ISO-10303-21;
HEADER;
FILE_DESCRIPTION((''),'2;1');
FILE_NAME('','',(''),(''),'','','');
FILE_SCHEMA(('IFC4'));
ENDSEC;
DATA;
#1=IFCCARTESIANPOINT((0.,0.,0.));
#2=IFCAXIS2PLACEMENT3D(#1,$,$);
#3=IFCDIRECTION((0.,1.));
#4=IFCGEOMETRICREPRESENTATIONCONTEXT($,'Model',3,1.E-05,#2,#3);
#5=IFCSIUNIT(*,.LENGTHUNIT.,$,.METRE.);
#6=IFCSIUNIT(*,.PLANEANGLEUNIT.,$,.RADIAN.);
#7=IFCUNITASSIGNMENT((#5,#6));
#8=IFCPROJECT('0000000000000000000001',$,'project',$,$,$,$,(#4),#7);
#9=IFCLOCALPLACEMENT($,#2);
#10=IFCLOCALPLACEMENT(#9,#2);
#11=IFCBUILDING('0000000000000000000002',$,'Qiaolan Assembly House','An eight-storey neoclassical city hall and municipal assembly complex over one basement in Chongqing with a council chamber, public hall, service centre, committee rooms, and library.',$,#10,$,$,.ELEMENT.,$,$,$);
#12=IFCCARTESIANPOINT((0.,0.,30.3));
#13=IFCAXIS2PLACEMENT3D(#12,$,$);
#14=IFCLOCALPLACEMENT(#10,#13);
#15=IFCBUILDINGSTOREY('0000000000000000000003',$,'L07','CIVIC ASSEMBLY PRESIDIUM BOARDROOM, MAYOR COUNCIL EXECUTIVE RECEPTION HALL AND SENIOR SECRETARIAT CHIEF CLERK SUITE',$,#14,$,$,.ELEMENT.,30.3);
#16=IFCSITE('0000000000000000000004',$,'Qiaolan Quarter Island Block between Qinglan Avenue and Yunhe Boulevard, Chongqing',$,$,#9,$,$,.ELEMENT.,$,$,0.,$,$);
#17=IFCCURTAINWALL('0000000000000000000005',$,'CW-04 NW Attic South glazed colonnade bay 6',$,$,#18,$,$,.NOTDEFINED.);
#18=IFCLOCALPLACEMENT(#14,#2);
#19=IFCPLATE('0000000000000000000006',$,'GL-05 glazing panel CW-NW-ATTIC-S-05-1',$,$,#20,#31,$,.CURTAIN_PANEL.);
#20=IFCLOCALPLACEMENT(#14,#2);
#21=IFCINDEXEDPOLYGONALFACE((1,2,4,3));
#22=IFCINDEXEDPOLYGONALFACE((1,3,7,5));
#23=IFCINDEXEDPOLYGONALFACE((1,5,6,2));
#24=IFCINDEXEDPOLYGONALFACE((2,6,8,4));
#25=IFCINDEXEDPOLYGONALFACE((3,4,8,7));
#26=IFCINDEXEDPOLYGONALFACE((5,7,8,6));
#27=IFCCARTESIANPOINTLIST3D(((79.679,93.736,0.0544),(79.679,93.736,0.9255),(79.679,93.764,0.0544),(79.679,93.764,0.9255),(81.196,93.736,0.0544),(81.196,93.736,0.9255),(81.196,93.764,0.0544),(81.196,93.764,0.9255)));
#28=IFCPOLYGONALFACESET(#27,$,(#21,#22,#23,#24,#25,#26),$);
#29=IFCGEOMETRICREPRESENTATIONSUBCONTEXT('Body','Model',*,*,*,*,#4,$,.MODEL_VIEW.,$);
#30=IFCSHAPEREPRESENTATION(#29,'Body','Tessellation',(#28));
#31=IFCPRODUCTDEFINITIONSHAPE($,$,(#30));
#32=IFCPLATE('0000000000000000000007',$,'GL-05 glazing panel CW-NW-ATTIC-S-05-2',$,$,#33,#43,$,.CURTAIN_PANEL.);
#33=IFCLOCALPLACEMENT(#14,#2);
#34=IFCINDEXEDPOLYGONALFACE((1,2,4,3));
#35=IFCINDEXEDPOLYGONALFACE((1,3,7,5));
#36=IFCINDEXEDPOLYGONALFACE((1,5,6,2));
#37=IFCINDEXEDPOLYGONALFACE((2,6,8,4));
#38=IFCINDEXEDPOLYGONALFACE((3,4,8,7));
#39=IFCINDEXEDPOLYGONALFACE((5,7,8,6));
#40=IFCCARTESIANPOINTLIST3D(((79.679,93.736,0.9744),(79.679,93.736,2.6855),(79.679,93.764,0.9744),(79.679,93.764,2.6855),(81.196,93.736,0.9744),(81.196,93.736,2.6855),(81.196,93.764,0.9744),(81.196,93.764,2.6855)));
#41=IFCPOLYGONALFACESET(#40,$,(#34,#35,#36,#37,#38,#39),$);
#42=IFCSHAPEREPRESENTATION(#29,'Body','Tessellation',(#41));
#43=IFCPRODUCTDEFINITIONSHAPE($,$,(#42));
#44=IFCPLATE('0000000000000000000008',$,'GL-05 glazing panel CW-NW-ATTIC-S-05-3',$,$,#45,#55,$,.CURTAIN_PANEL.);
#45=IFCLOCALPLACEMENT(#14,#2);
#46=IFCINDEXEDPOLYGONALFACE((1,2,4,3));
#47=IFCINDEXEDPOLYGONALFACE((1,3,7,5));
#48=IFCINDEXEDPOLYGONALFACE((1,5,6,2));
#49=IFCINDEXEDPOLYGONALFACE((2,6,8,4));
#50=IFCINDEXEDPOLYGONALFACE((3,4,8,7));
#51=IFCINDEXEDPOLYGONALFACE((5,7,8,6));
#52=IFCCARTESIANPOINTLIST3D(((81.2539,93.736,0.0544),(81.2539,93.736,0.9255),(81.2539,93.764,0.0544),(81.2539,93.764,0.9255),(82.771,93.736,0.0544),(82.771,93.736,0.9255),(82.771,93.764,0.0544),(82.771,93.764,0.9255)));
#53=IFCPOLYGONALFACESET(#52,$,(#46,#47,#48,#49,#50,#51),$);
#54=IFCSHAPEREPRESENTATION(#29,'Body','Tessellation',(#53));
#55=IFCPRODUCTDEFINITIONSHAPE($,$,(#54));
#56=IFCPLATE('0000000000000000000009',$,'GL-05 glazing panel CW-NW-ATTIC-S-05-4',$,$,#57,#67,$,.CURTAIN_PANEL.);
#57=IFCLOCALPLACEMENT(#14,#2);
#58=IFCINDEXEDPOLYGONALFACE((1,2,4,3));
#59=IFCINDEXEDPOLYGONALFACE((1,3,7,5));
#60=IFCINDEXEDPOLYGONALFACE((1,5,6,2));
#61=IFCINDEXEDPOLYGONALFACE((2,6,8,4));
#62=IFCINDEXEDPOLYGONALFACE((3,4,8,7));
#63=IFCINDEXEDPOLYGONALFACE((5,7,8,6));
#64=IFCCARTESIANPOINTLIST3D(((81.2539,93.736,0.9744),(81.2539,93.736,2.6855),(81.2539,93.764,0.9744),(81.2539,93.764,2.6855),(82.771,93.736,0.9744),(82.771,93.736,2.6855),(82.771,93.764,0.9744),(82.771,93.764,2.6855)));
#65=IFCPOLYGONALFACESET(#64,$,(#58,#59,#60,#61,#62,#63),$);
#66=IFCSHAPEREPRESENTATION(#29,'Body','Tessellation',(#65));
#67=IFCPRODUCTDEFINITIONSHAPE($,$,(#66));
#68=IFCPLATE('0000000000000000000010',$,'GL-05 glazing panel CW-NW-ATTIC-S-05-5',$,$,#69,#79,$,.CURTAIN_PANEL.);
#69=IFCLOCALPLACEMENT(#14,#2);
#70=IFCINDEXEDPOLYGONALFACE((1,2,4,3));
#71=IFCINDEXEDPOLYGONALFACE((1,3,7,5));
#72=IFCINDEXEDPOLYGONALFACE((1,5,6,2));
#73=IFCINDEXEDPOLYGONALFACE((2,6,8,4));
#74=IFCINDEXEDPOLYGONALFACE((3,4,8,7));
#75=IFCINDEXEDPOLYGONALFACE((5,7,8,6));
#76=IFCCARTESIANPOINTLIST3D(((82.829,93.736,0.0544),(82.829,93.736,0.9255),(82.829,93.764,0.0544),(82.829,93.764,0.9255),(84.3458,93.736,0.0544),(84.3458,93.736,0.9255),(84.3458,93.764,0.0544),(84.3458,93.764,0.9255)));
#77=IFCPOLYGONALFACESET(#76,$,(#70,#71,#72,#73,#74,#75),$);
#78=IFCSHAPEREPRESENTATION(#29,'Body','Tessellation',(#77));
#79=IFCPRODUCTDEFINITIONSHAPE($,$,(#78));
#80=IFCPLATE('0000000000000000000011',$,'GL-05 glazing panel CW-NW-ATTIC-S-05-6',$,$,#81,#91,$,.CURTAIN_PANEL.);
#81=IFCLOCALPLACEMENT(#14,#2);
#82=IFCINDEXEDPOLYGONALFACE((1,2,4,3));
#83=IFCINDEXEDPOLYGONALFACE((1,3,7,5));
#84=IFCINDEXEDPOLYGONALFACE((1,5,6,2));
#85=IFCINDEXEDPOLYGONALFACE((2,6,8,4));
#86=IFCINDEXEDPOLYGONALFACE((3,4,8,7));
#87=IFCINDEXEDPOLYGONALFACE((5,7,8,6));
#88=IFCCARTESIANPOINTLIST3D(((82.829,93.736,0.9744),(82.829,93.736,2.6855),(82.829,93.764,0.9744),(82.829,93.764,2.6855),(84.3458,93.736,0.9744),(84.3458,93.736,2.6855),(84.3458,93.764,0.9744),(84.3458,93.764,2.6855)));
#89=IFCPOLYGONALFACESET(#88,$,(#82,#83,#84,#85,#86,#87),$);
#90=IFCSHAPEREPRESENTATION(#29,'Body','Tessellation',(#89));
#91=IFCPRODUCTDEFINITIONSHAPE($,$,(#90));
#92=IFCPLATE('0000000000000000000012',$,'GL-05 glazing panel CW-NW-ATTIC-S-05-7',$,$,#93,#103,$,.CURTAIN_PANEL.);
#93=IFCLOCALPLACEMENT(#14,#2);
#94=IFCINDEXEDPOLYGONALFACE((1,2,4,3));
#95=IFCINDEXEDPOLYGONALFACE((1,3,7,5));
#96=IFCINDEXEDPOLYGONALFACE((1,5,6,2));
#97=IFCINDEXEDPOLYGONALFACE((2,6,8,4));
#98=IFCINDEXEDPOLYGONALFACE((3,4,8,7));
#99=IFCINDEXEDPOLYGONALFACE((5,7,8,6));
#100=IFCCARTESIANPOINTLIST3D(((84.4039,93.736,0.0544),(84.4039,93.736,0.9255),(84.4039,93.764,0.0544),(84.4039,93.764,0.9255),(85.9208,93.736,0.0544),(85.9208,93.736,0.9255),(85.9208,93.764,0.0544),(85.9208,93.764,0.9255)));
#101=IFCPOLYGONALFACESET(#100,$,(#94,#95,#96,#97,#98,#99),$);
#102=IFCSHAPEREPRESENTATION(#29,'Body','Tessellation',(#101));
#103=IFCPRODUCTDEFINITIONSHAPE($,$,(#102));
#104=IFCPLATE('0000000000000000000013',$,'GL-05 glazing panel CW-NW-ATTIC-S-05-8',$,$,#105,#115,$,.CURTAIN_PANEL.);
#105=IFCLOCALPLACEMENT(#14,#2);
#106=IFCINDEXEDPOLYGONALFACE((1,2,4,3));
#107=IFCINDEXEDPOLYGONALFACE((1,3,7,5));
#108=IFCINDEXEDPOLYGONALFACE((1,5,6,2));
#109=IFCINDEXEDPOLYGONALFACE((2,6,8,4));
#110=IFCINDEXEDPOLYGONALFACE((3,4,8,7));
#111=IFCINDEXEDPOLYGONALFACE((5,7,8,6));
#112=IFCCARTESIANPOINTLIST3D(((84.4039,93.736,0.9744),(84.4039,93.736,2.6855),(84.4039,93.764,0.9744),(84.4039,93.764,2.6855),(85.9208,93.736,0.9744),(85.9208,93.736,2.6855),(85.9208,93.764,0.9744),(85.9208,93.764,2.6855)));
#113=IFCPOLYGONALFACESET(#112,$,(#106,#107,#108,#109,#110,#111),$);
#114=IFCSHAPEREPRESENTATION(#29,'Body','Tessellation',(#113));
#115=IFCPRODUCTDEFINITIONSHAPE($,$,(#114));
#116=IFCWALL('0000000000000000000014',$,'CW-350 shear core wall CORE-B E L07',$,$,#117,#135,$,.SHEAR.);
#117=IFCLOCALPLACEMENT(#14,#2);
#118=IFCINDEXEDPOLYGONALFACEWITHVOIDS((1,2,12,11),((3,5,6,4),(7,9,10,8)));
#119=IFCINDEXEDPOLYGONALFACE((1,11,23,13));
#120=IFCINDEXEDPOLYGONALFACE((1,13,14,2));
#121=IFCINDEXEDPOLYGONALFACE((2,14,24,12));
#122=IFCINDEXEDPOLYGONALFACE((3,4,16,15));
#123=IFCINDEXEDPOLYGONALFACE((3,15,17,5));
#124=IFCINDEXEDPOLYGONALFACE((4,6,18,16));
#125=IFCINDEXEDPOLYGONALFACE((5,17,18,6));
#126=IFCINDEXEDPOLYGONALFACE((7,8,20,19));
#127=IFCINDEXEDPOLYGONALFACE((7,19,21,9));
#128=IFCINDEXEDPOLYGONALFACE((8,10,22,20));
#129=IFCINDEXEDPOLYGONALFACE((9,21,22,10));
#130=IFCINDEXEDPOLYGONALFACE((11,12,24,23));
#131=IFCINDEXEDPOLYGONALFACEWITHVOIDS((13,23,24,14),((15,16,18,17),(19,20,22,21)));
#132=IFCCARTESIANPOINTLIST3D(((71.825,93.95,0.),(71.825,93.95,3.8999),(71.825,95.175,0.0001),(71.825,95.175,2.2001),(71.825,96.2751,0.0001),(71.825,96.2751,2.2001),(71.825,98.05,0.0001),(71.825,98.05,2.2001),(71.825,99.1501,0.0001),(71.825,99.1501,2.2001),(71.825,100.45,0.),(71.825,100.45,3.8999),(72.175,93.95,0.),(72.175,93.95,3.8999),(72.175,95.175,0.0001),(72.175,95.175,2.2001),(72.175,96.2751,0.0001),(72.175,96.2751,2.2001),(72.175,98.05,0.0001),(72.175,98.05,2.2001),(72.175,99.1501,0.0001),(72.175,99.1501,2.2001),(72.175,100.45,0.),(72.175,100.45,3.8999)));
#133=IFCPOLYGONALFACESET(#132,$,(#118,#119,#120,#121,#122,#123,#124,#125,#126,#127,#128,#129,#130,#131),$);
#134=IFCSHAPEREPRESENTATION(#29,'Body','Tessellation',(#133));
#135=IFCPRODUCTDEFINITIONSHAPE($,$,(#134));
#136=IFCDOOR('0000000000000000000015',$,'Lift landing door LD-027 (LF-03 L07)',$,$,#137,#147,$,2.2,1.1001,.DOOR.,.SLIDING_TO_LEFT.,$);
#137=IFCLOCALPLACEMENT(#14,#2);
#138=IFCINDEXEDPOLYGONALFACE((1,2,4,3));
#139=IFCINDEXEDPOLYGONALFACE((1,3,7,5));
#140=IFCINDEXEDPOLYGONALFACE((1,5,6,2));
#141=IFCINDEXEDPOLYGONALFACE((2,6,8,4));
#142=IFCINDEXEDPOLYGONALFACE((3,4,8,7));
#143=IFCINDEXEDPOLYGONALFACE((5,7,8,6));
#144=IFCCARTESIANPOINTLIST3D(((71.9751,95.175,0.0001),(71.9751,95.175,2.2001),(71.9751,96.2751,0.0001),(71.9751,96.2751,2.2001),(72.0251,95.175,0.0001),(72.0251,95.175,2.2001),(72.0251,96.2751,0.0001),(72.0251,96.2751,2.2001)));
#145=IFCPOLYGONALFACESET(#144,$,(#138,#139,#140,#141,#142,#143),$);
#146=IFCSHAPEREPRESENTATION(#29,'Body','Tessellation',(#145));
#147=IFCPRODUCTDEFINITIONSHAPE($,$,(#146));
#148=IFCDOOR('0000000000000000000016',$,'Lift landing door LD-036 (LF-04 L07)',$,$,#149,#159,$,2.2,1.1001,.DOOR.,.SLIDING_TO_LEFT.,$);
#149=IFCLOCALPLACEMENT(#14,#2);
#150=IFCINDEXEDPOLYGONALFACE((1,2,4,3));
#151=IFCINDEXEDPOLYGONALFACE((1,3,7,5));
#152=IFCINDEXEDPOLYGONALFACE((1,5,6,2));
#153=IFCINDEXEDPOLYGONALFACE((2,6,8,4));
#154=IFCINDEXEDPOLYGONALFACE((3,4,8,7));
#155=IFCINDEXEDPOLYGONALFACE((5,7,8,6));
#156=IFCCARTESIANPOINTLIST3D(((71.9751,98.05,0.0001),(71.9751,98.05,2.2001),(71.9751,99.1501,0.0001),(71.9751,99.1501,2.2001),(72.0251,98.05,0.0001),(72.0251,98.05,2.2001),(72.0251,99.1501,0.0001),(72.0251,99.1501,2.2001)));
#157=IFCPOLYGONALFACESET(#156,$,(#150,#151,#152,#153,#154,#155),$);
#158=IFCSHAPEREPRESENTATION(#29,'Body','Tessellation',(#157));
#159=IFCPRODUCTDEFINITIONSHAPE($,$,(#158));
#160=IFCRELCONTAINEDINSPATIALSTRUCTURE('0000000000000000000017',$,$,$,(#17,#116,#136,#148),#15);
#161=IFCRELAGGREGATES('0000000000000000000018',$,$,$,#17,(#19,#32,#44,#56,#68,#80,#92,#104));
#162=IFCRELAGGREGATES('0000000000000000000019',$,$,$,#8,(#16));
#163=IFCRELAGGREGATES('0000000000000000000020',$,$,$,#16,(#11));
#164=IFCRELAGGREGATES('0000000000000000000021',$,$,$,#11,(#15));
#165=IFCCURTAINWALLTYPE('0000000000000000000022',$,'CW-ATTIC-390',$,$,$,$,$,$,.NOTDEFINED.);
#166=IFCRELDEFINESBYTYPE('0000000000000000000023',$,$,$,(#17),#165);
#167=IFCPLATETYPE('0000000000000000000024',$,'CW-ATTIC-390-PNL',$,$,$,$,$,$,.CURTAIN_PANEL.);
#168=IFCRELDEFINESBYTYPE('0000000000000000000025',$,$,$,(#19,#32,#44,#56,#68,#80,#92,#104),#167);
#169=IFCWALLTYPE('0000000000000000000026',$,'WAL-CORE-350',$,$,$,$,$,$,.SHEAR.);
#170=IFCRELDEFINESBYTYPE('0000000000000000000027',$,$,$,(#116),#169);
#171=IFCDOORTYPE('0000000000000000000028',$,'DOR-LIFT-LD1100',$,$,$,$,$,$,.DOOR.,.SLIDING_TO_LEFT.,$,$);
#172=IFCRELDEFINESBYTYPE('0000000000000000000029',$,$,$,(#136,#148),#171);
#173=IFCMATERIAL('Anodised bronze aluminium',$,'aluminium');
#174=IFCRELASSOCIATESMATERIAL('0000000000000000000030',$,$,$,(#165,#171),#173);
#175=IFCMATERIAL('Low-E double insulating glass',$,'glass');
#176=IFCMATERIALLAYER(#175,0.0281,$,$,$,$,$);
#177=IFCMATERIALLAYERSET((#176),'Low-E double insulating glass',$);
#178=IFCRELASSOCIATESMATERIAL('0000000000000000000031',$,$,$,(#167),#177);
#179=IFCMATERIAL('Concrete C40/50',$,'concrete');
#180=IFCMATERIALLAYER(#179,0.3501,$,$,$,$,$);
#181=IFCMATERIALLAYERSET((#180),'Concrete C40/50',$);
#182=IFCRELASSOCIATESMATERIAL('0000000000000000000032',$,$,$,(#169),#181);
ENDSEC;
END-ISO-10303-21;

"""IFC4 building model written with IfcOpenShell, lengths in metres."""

from ifc_helpers import new_model, si_unit, direction, frame, frame_2d, origin, place, context, subcontext, project, spatial, rectangle, extrude, material, layer, layer_set, type_object, element, fill, aggregate, save


model = new_model("IFC4")

# Units and contexts
model_context = context("Model", 3, precision=1e-05, world=origin(), true_north=direction((0.0, 1.0)))
body_context = subcontext(model_context, "Body", "Model", "MODEL_VIEW")
ifc_project = project(units=[si_unit("LENGTHUNIT", "METRE"), si_unit("PLANEANGLEUNIT", "RADIAN")], contexts=[model_context])

# Site, building, storey
site_placement = place(None, origin())
site = spatial("IfcSite", under=ifc_project, at=site_placement, Name="Qiaolan Quarter Island Block between Qinglan Avenue and Yunhe Boulevard, Chongqing", CompositionType="ELEMENT", RefElevation=0.0)
building_placement = place(site_placement, origin())
building = spatial("IfcBuilding", under=site, at=building_placement, Name="Qiaolan Assembly House", Description="An eight-storey neoclassical city hall and municipal assembly complex over one basement in Chongqing with a council chamber, public hall, service centre, committee rooms, and library.", CompositionType="ELEMENT")
storey_placement = place(building_placement, frame((0.0, 0.0, 30.3)))
storey = spatial("IfcBuildingStorey", under=building, at=storey_placement, Name="L07", Description="CIVIC ASSEMBLY PRESIDIUM BOARDROOM, MAYOR COUNCIL EXECUTIVE RECEPTION HALL AND SENIOR SECRETARIAT CHIEF CLERK SUITE", CompositionType="ELEMENT", Elevation=30.3)

# Shared definitions
ifc_material_1 = material(Name="Concrete C40/50", Category="concrete")

# Curtain wall, plates
ifc_material_2 = material(Name="Anodised bronze aluminium", Category="aluminium")
curtain_wall_type = type_object("IfcCurtainWallType", Name="CW-ATTIC-390", PredefinedType="NOTDEFINED", material=ifc_material_2)
curtain_wall_placement = place(storey_placement, origin())
curtain_wall = element("IfcCurtainWall", 1, at=curtain_wall_placement, inside=storey, type_object=curtain_wall_type, Name="CW-04 NW Attic South glazed colonnade bay 6", PredefinedType="NOTDEFINED")
ifc_material_3 = material(Name="Low-E double insulating glass", Category="glass")
ifc_layer_1 = layer(ifc_material_3, 0.0281)
ifc_layer_set_1 = layer_set([ifc_layer_1], Name="Low-E double insulating glass")
plate_type = type_object("IfcPlateType", Name="CW-ATTIC-390-PNL", PredefinedType="CURTAIN_PANEL", material=ifc_layer_set_1)
plate_1_placement = place(storey_placement, frame((79.679, 93.75, 0.0544), z_axis=(0.0, 0.0, 1.0), x_axis=(1.0, 0.0, 0.0)))
plate_1 = element("IfcPlate", 2, at=plate_1_placement, type_object=plate_type, Name="GL-05 glazing panel CW-NW-ATTIC-S-05-1", PredefinedType="CURTAIN_PANEL", context=body_context, shape_type="SweptSolid", body=[
    extrude(rectangle(XDim=1.5171, YDim=0.0281, at=frame_2d((0.7585, 0.0))), origin(), (0.0, 0.0, 1.0), 0.8711),
])
plate_2_placement = place(storey_placement, frame((79.679, 93.75, 0.9744), z_axis=(0.0, 0.0, 1.0), x_axis=(1.0, 0.0, 0.0)))
plate_2 = element("IfcPlate", 3, at=plate_2_placement, type_object=plate_type, Name="GL-05 glazing panel CW-NW-ATTIC-S-05-2", PredefinedType="CURTAIN_PANEL", context=body_context, shape_type="SweptSolid", body=[
    extrude(rectangle(XDim=1.5171, YDim=0.0281, at=frame_2d((0.7585, 0.0))), origin(), (0.0, 0.0, 1.0), 1.7112),
])
plate_3_placement = place(storey_placement, frame((81.2539, 93.75, 0.0544), z_axis=(0.0, 0.0, 1.0), x_axis=(1.0, 0.0, 0.0)))
plate_3 = element("IfcPlate", 4, at=plate_3_placement, type_object=plate_type, Name="GL-05 glazing panel CW-NW-ATTIC-S-05-3", PredefinedType="CURTAIN_PANEL", context=body_context, shape_type="SweptSolid", body=[
    extrude(rectangle(XDim=1.5171, YDim=0.0281, at=frame_2d((0.7585, 0.0))), origin(), (0.0, 0.0, 1.0), 0.8711),
])
plate_4_placement = place(storey_placement, frame((81.2539, 93.75, 0.9744), z_axis=(0.0, 0.0, 1.0), x_axis=(1.0, 0.0, 0.0)))
plate_4 = element("IfcPlate", 5, at=plate_4_placement, type_object=plate_type, Name="GL-05 glazing panel CW-NW-ATTIC-S-05-4", PredefinedType="CURTAIN_PANEL", context=body_context, shape_type="SweptSolid", body=[
    extrude(rectangle(XDim=1.5171, YDim=0.0281, at=frame_2d((0.7585, 0.0))), origin(), (0.0, 0.0, 1.0), 1.7112),
])
plate_5_placement = place(storey_placement, frame((82.8291, 93.75, 0.0544), z_axis=(0.0, 0.0, 1.0), x_axis=(1.0, 0.0, 0.0)))
plate_5 = element("IfcPlate", 6, at=plate_5_placement, type_object=plate_type, Name="GL-05 glazing panel CW-NW-ATTIC-S-05-5", PredefinedType="CURTAIN_PANEL", context=body_context, shape_type="SweptSolid", body=[
    extrude(rectangle(XDim=1.5168, YDim=0.0281, at=frame_2d((0.7583, 0.0))), origin(), (0.0, 0.0, 1.0), 0.8711),
])
plate_6_placement = place(storey_placement, frame((82.8291, 93.75, 0.9744), z_axis=(0.0, 0.0, 1.0), x_axis=(1.0, 0.0, 0.0)))
plate_6 = element("IfcPlate", 7, at=plate_6_placement, type_object=plate_type, Name="GL-05 glazing panel CW-NW-ATTIC-S-05-6", PredefinedType="CURTAIN_PANEL", context=body_context, shape_type="SweptSolid", body=[
    extrude(rectangle(XDim=1.5168, YDim=0.0281, at=frame_2d((0.7583, 0.0))), origin(), (0.0, 0.0, 1.0), 1.7112),
])
plate_7_placement = place(storey_placement, frame((84.4041, 93.75, 0.0544), z_axis=(0.0, 0.0, 1.0), x_axis=(1.0, 0.0, 0.0)))
plate_7 = element("IfcPlate", 8, at=plate_7_placement, type_object=plate_type, Name="GL-05 glazing panel CW-NW-ATTIC-S-05-7", PredefinedType="CURTAIN_PANEL", context=body_context, shape_type="SweptSolid", body=[
    extrude(rectangle(XDim=1.5168, YDim=0.0281, at=frame_2d((0.7583, 0.0))), origin(), (0.0, 0.0, 1.0), 0.8711),
])
plate_8_placement = place(storey_placement, frame((84.4041, 93.75, 0.9744), z_axis=(0.0, 0.0, 1.0), x_axis=(1.0, 0.0, 0.0)))
plate_8 = element("IfcPlate", 9, at=plate_8_placement, type_object=plate_type, Name="GL-05 glazing panel CW-NW-ATTIC-S-05-8", PredefinedType="CURTAIN_PANEL", context=body_context, shape_type="SweptSolid", body=[
    extrude(rectangle(XDim=1.5168, YDim=0.0281, at=frame_2d((0.7583, 0.0))), origin(), (0.0, 0.0, 1.0), 1.7112),
])
aggregate(curtain_wall, [plate_1, plate_2, plate_3, plate_4, plate_5, plate_6, plate_7, plate_8])

# Wall, openings, doors
ifc_layer_2 = layer(ifc_material_1, 0.3501)
ifc_layer_set_2 = layer_set([ifc_layer_2], Name="Concrete C40/50")
wall_type_1 = type_object("IfcWallType", Name="WAL-CORE-350", PredefinedType="SHEAR", material=ifc_layer_set_2)
wall_1_placement = place(storey_placement, frame((72.0, 93.95, 0.0), z_axis=(0.0, 0.0, 1.0), x_axis=(0.0, 1.0, 0.0)))
wall_1 = element("IfcWall", 10, at=wall_1_placement, inside=storey, type_object=wall_type_1, Name="CW-350 shear core wall CORE-B E L07", PredefinedType="SHEAR", context=body_context, shape_type="SweptSolid", body=[
    extrude(rectangle(XDim=6.5, YDim=0.3501, at=frame_2d((3.25, 0.0))), origin(), (0.0, 0.0, 1.0), 3.8999),
])
opening_1_placement = place(wall_1_placement, frame((1.2251, 0.0, 0.0)))
opening_1 = element("IfcOpeningElement", 11, at=opening_1_placement, cuts=wall_1, PredefinedType="OPENING", context=body_context, shape_type="SweptSolid", body=[
    extrude(rectangle(XDim=1.1001, YDim=2.2, at=frame_2d((0.55, 1.1001))), frame((0.0, 0.1851, 0.0), z_axis=(0.0, -1.0, 0.0), x_axis=(1.0, 0.0, 0.0)), (0.0, 0.0, 1.0), 0.3701),
])
opening_2_placement = place(wall_1_placement, frame((4.1001, 0.0, 0.0)))
opening_2 = element("IfcOpeningElement", 12, at=opening_2_placement, cuts=wall_1, PredefinedType="OPENING", context=body_context, shape_type="SweptSolid", body=[
    extrude(rectangle(XDim=1.1001, YDim=2.2, at=frame_2d((0.55, 1.1001))), frame((0.0, 0.1851, 0.0), z_axis=(0.0, -1.0, 0.0), x_axis=(1.0, 0.0, 0.0)), (0.0, 0.0, 1.0), 0.3701),
])
door_type_1 = type_object("IfcDoorType", Name="DOR-LIFT-LD1100", OperationType="SLIDING_TO_LEFT", PredefinedType="DOOR", material=ifc_material_2)
door_1_placement = place(opening_1_placement, origin())
door_1 = element("IfcDoor", 13, at=door_1_placement, inside=storey, type_object=door_type_1, Name="Lift landing door LD-027 (LF-03 L07)", OperationType="SLIDING_TO_LEFT", OverallHeight=2.2, OverallWidth=1.1001, PredefinedType="DOOR", context=body_context, shape_type="SweptSolid", body=[
    extrude(rectangle(XDim=1.1001, YDim=2.2, at=frame_2d((0.55, 1.1001))), frame((0.0, 0.0249, 0.0), z_axis=(0.0, -1.0, 0.0), x_axis=(1.0, 0.0, 0.0)), (0.0, 0.0, 1.0), 0.05),
])
fill(opening_1, door_1)
door_2_placement = place(opening_2_placement, origin())
door_2 = element("IfcDoor", 14, at=door_2_placement, inside=storey, type_object=door_type_1, Name="Lift landing door LD-036 (LF-04 L07)", OperationType="SLIDING_TO_LEFT", OverallHeight=2.2, OverallWidth=1.1001, PredefinedType="DOOR", context=body_context, shape_type="SweptSolid", body=[
    extrude(rectangle(XDim=1.1001, YDim=2.2, at=frame_2d((0.55, 1.1001))), frame((0.0, 0.0249, 0.0), z_axis=(0.0, -1.0, 0.0), x_axis=(1.0, 0.0, 0.0)), (0.0, 0.0, 1.0), 0.05),
])
fill(opening_2, door_2)

save(model, "model.ifc")
